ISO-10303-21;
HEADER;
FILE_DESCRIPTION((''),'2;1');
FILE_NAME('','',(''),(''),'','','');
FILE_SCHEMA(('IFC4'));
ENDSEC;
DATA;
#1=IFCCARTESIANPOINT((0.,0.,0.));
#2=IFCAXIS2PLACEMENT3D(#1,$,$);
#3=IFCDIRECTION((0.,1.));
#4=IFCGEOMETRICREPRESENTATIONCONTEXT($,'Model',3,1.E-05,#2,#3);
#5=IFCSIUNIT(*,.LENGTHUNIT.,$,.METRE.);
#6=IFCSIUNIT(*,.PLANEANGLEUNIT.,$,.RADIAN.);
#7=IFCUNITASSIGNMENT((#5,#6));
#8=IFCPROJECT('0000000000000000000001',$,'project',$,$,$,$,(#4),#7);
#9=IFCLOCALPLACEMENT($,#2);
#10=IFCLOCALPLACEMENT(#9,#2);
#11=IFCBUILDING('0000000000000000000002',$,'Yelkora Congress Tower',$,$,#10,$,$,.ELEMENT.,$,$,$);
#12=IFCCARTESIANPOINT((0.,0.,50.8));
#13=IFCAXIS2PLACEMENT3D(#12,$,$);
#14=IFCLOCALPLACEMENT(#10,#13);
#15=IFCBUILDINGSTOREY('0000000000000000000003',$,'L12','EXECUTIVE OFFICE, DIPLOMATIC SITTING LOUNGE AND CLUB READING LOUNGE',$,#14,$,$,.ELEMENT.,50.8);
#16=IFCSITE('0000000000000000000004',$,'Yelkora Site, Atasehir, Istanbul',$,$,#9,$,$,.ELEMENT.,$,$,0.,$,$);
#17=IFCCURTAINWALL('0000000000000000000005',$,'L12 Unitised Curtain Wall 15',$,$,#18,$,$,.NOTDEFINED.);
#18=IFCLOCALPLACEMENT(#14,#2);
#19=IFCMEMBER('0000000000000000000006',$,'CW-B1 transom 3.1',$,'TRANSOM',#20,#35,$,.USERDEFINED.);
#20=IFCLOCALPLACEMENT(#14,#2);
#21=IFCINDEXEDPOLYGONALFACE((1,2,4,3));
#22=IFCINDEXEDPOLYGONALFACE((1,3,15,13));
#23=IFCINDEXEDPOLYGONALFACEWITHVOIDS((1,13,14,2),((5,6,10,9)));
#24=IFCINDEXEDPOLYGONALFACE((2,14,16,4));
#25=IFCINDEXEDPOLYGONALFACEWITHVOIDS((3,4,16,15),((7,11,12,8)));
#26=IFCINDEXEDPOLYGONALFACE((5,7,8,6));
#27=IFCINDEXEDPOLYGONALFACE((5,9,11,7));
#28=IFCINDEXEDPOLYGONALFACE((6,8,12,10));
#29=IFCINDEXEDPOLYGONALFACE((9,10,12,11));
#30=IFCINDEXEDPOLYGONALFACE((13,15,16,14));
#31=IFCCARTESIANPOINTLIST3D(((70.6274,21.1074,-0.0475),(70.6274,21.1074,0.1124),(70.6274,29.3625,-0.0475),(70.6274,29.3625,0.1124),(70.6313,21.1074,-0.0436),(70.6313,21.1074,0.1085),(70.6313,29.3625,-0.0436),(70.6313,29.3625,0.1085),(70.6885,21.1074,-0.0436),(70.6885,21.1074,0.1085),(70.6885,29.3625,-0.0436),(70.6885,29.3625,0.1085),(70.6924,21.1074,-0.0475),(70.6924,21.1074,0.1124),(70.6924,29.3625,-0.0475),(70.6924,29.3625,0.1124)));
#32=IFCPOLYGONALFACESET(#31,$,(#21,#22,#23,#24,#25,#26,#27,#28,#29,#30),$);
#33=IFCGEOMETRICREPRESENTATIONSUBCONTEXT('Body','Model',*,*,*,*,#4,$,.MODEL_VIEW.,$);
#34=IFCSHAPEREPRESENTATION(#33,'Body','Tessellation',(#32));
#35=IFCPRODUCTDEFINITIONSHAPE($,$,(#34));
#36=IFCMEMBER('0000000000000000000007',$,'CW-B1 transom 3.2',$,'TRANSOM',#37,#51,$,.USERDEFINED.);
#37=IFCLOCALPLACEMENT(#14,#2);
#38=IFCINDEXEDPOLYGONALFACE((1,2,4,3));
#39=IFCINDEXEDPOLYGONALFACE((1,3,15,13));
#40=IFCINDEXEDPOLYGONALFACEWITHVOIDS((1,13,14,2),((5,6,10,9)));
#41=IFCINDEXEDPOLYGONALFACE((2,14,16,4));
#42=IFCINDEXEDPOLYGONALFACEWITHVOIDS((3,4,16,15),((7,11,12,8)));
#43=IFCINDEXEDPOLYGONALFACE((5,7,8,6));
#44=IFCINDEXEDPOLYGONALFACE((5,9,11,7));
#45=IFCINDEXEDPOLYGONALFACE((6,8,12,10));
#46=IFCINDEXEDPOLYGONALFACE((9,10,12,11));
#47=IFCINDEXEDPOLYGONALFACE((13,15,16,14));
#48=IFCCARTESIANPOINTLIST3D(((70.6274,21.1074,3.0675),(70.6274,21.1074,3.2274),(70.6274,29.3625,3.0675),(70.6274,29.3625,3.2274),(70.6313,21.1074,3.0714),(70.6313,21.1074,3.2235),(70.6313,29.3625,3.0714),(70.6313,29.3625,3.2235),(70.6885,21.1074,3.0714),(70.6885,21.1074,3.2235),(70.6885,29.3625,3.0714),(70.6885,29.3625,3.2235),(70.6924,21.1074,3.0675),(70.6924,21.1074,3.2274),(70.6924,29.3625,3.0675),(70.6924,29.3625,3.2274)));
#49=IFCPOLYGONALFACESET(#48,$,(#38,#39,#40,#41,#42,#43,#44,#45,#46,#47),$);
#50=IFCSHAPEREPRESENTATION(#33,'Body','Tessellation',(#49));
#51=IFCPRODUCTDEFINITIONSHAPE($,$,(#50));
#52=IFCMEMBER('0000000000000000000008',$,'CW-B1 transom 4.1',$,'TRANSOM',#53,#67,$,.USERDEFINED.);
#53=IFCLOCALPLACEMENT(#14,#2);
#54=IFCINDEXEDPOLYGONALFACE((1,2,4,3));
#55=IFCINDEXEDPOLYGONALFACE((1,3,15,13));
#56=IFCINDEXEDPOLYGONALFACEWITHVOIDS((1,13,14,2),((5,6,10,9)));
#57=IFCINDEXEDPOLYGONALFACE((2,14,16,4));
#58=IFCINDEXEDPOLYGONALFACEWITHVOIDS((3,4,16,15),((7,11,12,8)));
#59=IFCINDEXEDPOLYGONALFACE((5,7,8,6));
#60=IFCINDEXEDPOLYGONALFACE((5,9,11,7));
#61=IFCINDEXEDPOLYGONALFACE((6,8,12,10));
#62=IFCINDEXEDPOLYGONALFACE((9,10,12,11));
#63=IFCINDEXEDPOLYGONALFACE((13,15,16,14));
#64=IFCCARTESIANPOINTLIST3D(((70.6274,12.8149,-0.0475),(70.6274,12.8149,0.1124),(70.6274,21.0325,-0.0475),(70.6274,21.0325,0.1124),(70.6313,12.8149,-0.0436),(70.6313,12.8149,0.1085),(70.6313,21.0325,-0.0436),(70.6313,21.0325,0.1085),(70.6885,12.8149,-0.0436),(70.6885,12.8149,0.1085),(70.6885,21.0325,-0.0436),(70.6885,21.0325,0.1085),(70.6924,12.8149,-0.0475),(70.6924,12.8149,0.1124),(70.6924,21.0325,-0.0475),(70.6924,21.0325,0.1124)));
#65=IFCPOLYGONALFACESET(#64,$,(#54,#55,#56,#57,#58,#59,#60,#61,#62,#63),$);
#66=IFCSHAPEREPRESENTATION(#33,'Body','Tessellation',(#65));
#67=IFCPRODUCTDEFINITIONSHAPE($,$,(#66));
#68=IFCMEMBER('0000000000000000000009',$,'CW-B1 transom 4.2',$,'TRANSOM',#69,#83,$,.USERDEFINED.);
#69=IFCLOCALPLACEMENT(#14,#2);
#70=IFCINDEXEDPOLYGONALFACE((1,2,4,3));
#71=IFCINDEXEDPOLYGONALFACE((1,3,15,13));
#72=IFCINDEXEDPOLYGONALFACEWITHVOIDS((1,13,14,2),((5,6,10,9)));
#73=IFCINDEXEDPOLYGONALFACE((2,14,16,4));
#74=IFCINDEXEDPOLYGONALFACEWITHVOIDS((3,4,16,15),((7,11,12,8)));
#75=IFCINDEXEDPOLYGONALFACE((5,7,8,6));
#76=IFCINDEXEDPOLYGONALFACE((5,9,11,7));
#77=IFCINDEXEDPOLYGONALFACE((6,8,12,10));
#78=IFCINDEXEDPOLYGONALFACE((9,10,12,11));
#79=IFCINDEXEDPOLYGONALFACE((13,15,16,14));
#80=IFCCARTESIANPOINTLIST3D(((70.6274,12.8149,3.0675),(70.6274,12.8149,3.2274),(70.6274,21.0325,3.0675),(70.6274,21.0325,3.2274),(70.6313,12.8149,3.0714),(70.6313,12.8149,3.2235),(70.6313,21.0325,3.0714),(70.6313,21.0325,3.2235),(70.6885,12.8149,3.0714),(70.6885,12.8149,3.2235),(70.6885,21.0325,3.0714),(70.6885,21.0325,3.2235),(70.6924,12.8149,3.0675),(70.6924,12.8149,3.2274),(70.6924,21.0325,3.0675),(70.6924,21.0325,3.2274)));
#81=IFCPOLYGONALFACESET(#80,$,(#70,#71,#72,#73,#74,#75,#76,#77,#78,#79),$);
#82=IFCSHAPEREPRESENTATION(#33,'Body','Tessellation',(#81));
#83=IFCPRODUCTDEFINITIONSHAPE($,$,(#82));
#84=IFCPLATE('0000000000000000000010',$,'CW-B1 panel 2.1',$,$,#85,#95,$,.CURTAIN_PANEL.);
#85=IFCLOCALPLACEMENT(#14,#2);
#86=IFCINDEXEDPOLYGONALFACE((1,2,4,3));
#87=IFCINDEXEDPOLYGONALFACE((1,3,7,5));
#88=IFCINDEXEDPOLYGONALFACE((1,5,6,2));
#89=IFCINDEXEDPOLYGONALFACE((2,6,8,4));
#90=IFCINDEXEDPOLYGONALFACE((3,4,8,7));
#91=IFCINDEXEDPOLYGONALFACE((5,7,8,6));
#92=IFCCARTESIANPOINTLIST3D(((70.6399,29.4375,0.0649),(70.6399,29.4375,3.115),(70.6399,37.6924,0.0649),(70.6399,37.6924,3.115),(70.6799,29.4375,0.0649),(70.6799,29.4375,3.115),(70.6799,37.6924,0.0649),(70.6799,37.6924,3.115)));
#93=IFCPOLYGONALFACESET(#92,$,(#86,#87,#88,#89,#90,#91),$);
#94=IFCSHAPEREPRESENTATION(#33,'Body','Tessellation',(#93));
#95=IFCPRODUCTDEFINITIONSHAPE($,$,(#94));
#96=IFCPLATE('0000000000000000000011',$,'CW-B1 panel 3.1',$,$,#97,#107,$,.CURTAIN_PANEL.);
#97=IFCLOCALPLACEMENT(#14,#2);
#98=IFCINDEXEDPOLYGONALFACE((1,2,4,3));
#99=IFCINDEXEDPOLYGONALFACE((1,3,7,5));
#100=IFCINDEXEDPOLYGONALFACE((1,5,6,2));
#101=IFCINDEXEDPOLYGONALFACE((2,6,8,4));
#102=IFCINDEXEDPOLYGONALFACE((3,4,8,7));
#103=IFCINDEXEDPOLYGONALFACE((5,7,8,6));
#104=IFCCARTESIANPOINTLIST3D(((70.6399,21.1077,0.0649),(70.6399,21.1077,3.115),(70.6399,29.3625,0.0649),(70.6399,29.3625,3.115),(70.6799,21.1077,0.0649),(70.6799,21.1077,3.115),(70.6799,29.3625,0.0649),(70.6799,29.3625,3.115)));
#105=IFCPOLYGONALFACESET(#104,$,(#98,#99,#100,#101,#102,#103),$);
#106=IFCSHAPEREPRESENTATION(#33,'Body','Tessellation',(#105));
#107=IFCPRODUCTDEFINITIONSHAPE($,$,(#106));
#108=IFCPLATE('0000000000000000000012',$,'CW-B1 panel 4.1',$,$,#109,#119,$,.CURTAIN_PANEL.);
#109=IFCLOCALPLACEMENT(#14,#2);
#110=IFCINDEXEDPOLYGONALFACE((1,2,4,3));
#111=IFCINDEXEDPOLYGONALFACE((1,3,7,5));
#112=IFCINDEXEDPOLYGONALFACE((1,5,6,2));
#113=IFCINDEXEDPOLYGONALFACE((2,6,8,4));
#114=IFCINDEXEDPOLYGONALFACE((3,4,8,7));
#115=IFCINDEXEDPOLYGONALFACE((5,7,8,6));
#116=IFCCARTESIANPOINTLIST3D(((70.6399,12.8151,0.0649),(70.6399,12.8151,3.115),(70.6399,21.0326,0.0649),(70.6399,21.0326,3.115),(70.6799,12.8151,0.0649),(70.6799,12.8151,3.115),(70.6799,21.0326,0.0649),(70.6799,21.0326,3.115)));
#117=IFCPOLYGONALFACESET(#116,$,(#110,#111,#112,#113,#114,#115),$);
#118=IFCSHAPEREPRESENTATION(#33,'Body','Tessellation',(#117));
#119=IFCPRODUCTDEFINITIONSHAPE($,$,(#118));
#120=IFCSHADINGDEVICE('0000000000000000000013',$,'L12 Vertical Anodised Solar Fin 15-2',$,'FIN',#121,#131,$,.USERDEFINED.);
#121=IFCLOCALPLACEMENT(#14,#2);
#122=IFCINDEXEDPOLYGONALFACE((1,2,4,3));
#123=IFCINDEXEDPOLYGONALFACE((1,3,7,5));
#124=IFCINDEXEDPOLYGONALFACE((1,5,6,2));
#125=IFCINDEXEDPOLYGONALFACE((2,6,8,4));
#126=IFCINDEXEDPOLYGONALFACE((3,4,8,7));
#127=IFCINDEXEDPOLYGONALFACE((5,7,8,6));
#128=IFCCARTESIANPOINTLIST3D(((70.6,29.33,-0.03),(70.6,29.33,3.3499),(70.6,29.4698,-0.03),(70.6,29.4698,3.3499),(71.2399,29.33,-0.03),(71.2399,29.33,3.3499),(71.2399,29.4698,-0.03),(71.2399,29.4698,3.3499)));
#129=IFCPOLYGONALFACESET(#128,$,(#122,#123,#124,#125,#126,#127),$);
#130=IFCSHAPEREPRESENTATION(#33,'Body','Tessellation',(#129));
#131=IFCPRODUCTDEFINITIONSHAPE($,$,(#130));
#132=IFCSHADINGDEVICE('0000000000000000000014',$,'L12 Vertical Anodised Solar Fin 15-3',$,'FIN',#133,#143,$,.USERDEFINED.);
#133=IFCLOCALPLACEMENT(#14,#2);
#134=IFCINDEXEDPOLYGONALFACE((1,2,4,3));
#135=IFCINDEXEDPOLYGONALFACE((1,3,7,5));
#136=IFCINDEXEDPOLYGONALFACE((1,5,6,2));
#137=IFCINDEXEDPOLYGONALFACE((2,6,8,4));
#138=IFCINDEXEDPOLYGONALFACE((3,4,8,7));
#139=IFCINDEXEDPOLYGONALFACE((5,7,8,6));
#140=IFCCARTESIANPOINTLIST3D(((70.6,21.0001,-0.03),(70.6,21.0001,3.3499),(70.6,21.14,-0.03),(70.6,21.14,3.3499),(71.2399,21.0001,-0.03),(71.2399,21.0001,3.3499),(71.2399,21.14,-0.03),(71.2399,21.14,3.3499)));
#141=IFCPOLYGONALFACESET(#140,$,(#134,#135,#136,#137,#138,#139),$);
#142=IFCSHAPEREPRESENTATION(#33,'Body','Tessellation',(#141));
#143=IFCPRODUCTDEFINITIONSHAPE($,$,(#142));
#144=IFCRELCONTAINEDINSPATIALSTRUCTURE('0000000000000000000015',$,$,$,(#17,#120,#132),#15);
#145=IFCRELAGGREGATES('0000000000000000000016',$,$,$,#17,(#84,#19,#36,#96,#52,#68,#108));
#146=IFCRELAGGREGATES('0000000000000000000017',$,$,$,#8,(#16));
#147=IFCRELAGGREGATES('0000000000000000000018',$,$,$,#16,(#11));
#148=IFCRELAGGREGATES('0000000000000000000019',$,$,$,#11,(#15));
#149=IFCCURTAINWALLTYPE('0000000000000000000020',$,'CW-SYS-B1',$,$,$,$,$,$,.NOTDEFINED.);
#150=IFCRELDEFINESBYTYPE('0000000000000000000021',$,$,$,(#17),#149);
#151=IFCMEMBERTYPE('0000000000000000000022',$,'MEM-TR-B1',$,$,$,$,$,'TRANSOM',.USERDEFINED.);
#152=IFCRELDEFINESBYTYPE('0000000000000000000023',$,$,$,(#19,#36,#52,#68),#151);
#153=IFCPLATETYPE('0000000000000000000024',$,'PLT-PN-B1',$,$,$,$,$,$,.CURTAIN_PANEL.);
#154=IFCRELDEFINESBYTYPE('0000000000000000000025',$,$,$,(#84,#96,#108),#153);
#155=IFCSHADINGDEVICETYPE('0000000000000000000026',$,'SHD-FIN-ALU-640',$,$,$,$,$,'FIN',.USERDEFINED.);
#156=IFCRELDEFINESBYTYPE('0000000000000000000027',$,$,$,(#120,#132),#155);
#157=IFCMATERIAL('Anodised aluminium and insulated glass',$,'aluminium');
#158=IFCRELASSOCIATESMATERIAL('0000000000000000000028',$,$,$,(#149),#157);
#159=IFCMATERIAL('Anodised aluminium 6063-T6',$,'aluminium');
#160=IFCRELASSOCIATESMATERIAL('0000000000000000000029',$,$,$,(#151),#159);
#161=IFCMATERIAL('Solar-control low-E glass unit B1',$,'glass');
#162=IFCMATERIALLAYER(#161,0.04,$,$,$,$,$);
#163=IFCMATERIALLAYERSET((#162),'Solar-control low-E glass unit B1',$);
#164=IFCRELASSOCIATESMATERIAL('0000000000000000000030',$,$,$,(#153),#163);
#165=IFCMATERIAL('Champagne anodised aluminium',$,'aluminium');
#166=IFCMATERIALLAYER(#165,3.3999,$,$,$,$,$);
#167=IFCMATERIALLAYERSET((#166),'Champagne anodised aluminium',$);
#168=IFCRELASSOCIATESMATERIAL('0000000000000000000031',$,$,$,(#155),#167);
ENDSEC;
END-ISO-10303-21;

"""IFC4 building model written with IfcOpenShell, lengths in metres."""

from ifc_helpers import new_model, si_unit, direction, frame, origin, origin_2d, place, context, subcontext, project, spatial, rectangle, hollow_rectangle, extrude, material, layer, layer_set, material_profile, profile_set, type_object, element, aggregate, save


model = new_model("IFC4")

# Units and contexts
model_context = context("Model", 3, precision=1e-05, world=origin(), true_north=direction((0.0, 1.0)))
body_context = subcontext(model_context, "Body", "Model", "MODEL_VIEW")
ifc_project = project(units=[si_unit("LENGTHUNIT", "METRE"), si_unit("PLANEANGLEUNIT", "RADIAN")], contexts=[model_context])

# Site, building, storey
site_placement = place(None, origin())
site = spatial("IfcSite", under=ifc_project, at=site_placement, Name="Yelkora Site, Atasehir, Istanbul", CompositionType="ELEMENT", RefElevation=0.0)
building_placement = place(site_placement, origin())
building = spatial("IfcBuilding", under=site, at=building_placement, Name="Yelkora Congress Tower", CompositionType="ELEMENT")
storey_placement = place(building_placement, frame((0.0, 0.0, 50.8)))
storey = spatial("IfcBuildingStorey", under=building, at=storey_placement, Name="L12", Description="EXECUTIVE OFFICE, DIPLOMATIC SITTING LOUNGE AND CLUB READING LOUNGE", CompositionType="ELEMENT", Elevation=50.8)

# Curtain wall, members, plates
ifc_material_1 = material(Name="Anodised aluminium and insulated glass", Category="aluminium")
curtain_wall_type = type_object("IfcCurtainWallType", Name="CW-SYS-B1", PredefinedType="NOTDEFINED", material=ifc_material_1)
curtain_wall_placement = place(storey_placement, origin())
curtain_wall = element("IfcCurtainWall", 1, at=curtain_wall_placement, inside=storey, type_object=curtain_wall_type, Name="L12 Unitised Curtain Wall 15", PredefinedType="NOTDEFINED")
ifc_material_2 = material(Name="Anodised aluminium 6063-T6", Category="aluminium")
ifc_material_profile_1 = material_profile(ifc_material_2, hollow_rectangle(XDim=0.0649, YDim=0.1599, WallThickness=0.0039, at=origin_2d()), Name="ALU 65x160x4")
ifc_profile_set_1 = profile_set([ifc_material_profile_1], Name="Anodised aluminium 6063-T6")
member_type_1 = type_object("IfcMemberType", Name="MEM-TR-B1", ElementType="TRANSOM", PredefinedType="USERDEFINED", material=ifc_profile_set_1)
member_1_placement = place(storey_placement, frame((70.6599, 29.3625, 0.0325), z_axis=(0.0, -1.0, 0.0), x_axis=(1.0, 0.0, 0.0)))
member_1 = element("IfcMember", 2, at=member_1_placement, type_object=member_type_1, Name="CW-B1 transom 3.1", ObjectType="TRANSOM", PredefinedType="USERDEFINED", context=body_context, shape_type="SweptSolid", body=[
    extrude(hollow_rectangle(XDim=0.0649, YDim=0.1599, WallThickness=0.0039, at=origin_2d()), origin(), (0.0, 0.0, 1.0), 8.2551),
])
member_2_placement = place(storey_placement, frame((70.6599, 29.3625, 3.1475), z_axis=(0.0, -1.0, 0.0), x_axis=(1.0, 0.0, 0.0)))
member_2 = element("IfcMember", 3, at=member_2_placement, type_object=member_type_1, Name="CW-B1 transom 3.2", ObjectType="TRANSOM", PredefinedType="USERDEFINED", context=body_context, shape_type="SweptSolid", body=[
    extrude(hollow_rectangle(XDim=0.0649, YDim=0.1599, WallThickness=0.0039, at=origin_2d()), origin(), (0.0, 0.0, 1.0), 8.2551),
])
member_3_placement = place(storey_placement, frame((70.6599, 21.0325, 0.0325), z_axis=(0.0, -1.0, 0.0), x_axis=(1.0, 0.0, 0.0)))
member_3 = element("IfcMember", 4, at=member_3_placement, type_object=member_type_1, Name="CW-B1 transom 4.1", ObjectType="TRANSOM", PredefinedType="USERDEFINED", context=body_context, shape_type="SweptSolid", body=[
    extrude(hollow_rectangle(XDim=0.0649, YDim=0.1599, WallThickness=0.0039, at=origin_2d()), origin(), (0.0, 0.0, 1.0), 8.2175),
])
member_4_placement = place(storey_placement, frame((70.6599, 21.0325, 3.1475), z_axis=(0.0, -1.0, 0.0), x_axis=(1.0, 0.0, 0.0)))
member_4 = element("IfcMember", 5, at=member_4_placement, type_object=member_type_1, Name="CW-B1 transom 4.2", ObjectType="TRANSOM", PredefinedType="USERDEFINED", context=body_context, shape_type="SweptSolid", body=[
    extrude(hollow_rectangle(XDim=0.0649, YDim=0.1599, WallThickness=0.0039, at=origin_2d()), origin(), (0.0, 0.0, 1.0), 8.2175),
])
ifc_material_3 = material(Name="Solar-control low-E glass unit B1", Category="glass")
ifc_layer_1 = layer(ifc_material_3, 0.04)
ifc_layer_set_1 = layer_set([ifc_layer_1], Name="Solar-control low-E glass unit B1")
plate_type = type_object("IfcPlateType", Name="PLT-PN-B1", PredefinedType="CURTAIN_PANEL", material=ifc_layer_set_1)
plate_1_placement = place(storey_placement, frame((70.6599, 33.5649, 0.0649), z_axis=(0.0, 0.0, 1.0), x_axis=(0.0, -1.0, 0.0)))
plate_1 = element("IfcPlate", 6, at=plate_1_placement, type_object=plate_type, Name="CW-B1 panel 2.1", PredefinedType="CURTAIN_PANEL", context=body_context, shape_type="SweptSolid", body=[
    extrude(rectangle(XDim=8.2549, YDim=0.04, at=origin_2d()), origin(), (0.0, 0.0, 1.0), 3.05),
])
plate_2_placement = place(storey_placement, frame((70.6599, 25.2351, 0.0649), z_axis=(0.0, 0.0, 1.0), x_axis=(0.0, -1.0, 0.0)))
plate_2 = element("IfcPlate", 7, at=plate_2_placement, type_object=plate_type, Name="CW-B1 panel 3.1", PredefinedType="CURTAIN_PANEL", context=body_context, shape_type="SweptSolid", body=[
    extrude(rectangle(XDim=8.2549, YDim=0.04, at=origin_2d()), origin(), (0.0, 0.0, 1.0), 3.05),
])
plate_3_placement = place(storey_placement, frame((70.6599, 16.9238, 0.0649), z_axis=(0.0, 0.0, 1.0), x_axis=(0.0, -1.0, 0.0)))
plate_3 = element("IfcPlate", 8, at=plate_3_placement, type_object=plate_type, Name="CW-B1 panel 4.1", PredefinedType="CURTAIN_PANEL", context=body_context, shape_type="SweptSolid", body=[
    extrude(rectangle(XDim=8.2175, YDim=0.04, at=origin_2d()), origin(), (0.0, 0.0, 1.0), 3.05),
])
aggregate(curtain_wall, [plate_1, member_1, member_2, plate_2, member_3, member_4, plate_3])

# Shading devices
ifc_material_4 = material(Name="Champagne anodised aluminium", Category="aluminium")
ifc_layer_2 = layer(ifc_material_4, 3.3999)
ifc_layer_set_2 = layer_set([ifc_layer_2], Name="Champagne anodised aluminium")
shading_device_type = type_object("IfcShadingDeviceType", Name="SHD-FIN-ALU-640", ElementType="FIN", PredefinedType="USERDEFINED", material=ifc_layer_set_2)
for number, where, z_axis, x_axis, name in (
    (9, (70.9199, 29.3999, -0.03), (0.0, 0.0, 1.0), (0.0, -1.0, 0.0), "L12 Vertical Anodised Solar Fin 15-2"),
    (10, (70.9199, 21.0701, -0.03), (0.0, 0.0, 1.0), (0.0, -1.0, 0.0), "L12 Vertical Anodised Solar Fin 15-3"),
):
    element("IfcShadingDevice", number, at=place(storey_placement, frame(where, z_axis=z_axis, x_axis=x_axis)), inside=storey, type_object=shading_device_type, Name=name, ObjectType="FIN", PredefinedType="USERDEFINED", context=body_context, shape_type="SweptSolid", body=[
        extrude(rectangle(XDim=0.1399, YDim=0.6399, at=origin_2d()), origin(), (0.0, 0.0, 1.0), 3.3799),
    ])

save(model, "model.ifc")
